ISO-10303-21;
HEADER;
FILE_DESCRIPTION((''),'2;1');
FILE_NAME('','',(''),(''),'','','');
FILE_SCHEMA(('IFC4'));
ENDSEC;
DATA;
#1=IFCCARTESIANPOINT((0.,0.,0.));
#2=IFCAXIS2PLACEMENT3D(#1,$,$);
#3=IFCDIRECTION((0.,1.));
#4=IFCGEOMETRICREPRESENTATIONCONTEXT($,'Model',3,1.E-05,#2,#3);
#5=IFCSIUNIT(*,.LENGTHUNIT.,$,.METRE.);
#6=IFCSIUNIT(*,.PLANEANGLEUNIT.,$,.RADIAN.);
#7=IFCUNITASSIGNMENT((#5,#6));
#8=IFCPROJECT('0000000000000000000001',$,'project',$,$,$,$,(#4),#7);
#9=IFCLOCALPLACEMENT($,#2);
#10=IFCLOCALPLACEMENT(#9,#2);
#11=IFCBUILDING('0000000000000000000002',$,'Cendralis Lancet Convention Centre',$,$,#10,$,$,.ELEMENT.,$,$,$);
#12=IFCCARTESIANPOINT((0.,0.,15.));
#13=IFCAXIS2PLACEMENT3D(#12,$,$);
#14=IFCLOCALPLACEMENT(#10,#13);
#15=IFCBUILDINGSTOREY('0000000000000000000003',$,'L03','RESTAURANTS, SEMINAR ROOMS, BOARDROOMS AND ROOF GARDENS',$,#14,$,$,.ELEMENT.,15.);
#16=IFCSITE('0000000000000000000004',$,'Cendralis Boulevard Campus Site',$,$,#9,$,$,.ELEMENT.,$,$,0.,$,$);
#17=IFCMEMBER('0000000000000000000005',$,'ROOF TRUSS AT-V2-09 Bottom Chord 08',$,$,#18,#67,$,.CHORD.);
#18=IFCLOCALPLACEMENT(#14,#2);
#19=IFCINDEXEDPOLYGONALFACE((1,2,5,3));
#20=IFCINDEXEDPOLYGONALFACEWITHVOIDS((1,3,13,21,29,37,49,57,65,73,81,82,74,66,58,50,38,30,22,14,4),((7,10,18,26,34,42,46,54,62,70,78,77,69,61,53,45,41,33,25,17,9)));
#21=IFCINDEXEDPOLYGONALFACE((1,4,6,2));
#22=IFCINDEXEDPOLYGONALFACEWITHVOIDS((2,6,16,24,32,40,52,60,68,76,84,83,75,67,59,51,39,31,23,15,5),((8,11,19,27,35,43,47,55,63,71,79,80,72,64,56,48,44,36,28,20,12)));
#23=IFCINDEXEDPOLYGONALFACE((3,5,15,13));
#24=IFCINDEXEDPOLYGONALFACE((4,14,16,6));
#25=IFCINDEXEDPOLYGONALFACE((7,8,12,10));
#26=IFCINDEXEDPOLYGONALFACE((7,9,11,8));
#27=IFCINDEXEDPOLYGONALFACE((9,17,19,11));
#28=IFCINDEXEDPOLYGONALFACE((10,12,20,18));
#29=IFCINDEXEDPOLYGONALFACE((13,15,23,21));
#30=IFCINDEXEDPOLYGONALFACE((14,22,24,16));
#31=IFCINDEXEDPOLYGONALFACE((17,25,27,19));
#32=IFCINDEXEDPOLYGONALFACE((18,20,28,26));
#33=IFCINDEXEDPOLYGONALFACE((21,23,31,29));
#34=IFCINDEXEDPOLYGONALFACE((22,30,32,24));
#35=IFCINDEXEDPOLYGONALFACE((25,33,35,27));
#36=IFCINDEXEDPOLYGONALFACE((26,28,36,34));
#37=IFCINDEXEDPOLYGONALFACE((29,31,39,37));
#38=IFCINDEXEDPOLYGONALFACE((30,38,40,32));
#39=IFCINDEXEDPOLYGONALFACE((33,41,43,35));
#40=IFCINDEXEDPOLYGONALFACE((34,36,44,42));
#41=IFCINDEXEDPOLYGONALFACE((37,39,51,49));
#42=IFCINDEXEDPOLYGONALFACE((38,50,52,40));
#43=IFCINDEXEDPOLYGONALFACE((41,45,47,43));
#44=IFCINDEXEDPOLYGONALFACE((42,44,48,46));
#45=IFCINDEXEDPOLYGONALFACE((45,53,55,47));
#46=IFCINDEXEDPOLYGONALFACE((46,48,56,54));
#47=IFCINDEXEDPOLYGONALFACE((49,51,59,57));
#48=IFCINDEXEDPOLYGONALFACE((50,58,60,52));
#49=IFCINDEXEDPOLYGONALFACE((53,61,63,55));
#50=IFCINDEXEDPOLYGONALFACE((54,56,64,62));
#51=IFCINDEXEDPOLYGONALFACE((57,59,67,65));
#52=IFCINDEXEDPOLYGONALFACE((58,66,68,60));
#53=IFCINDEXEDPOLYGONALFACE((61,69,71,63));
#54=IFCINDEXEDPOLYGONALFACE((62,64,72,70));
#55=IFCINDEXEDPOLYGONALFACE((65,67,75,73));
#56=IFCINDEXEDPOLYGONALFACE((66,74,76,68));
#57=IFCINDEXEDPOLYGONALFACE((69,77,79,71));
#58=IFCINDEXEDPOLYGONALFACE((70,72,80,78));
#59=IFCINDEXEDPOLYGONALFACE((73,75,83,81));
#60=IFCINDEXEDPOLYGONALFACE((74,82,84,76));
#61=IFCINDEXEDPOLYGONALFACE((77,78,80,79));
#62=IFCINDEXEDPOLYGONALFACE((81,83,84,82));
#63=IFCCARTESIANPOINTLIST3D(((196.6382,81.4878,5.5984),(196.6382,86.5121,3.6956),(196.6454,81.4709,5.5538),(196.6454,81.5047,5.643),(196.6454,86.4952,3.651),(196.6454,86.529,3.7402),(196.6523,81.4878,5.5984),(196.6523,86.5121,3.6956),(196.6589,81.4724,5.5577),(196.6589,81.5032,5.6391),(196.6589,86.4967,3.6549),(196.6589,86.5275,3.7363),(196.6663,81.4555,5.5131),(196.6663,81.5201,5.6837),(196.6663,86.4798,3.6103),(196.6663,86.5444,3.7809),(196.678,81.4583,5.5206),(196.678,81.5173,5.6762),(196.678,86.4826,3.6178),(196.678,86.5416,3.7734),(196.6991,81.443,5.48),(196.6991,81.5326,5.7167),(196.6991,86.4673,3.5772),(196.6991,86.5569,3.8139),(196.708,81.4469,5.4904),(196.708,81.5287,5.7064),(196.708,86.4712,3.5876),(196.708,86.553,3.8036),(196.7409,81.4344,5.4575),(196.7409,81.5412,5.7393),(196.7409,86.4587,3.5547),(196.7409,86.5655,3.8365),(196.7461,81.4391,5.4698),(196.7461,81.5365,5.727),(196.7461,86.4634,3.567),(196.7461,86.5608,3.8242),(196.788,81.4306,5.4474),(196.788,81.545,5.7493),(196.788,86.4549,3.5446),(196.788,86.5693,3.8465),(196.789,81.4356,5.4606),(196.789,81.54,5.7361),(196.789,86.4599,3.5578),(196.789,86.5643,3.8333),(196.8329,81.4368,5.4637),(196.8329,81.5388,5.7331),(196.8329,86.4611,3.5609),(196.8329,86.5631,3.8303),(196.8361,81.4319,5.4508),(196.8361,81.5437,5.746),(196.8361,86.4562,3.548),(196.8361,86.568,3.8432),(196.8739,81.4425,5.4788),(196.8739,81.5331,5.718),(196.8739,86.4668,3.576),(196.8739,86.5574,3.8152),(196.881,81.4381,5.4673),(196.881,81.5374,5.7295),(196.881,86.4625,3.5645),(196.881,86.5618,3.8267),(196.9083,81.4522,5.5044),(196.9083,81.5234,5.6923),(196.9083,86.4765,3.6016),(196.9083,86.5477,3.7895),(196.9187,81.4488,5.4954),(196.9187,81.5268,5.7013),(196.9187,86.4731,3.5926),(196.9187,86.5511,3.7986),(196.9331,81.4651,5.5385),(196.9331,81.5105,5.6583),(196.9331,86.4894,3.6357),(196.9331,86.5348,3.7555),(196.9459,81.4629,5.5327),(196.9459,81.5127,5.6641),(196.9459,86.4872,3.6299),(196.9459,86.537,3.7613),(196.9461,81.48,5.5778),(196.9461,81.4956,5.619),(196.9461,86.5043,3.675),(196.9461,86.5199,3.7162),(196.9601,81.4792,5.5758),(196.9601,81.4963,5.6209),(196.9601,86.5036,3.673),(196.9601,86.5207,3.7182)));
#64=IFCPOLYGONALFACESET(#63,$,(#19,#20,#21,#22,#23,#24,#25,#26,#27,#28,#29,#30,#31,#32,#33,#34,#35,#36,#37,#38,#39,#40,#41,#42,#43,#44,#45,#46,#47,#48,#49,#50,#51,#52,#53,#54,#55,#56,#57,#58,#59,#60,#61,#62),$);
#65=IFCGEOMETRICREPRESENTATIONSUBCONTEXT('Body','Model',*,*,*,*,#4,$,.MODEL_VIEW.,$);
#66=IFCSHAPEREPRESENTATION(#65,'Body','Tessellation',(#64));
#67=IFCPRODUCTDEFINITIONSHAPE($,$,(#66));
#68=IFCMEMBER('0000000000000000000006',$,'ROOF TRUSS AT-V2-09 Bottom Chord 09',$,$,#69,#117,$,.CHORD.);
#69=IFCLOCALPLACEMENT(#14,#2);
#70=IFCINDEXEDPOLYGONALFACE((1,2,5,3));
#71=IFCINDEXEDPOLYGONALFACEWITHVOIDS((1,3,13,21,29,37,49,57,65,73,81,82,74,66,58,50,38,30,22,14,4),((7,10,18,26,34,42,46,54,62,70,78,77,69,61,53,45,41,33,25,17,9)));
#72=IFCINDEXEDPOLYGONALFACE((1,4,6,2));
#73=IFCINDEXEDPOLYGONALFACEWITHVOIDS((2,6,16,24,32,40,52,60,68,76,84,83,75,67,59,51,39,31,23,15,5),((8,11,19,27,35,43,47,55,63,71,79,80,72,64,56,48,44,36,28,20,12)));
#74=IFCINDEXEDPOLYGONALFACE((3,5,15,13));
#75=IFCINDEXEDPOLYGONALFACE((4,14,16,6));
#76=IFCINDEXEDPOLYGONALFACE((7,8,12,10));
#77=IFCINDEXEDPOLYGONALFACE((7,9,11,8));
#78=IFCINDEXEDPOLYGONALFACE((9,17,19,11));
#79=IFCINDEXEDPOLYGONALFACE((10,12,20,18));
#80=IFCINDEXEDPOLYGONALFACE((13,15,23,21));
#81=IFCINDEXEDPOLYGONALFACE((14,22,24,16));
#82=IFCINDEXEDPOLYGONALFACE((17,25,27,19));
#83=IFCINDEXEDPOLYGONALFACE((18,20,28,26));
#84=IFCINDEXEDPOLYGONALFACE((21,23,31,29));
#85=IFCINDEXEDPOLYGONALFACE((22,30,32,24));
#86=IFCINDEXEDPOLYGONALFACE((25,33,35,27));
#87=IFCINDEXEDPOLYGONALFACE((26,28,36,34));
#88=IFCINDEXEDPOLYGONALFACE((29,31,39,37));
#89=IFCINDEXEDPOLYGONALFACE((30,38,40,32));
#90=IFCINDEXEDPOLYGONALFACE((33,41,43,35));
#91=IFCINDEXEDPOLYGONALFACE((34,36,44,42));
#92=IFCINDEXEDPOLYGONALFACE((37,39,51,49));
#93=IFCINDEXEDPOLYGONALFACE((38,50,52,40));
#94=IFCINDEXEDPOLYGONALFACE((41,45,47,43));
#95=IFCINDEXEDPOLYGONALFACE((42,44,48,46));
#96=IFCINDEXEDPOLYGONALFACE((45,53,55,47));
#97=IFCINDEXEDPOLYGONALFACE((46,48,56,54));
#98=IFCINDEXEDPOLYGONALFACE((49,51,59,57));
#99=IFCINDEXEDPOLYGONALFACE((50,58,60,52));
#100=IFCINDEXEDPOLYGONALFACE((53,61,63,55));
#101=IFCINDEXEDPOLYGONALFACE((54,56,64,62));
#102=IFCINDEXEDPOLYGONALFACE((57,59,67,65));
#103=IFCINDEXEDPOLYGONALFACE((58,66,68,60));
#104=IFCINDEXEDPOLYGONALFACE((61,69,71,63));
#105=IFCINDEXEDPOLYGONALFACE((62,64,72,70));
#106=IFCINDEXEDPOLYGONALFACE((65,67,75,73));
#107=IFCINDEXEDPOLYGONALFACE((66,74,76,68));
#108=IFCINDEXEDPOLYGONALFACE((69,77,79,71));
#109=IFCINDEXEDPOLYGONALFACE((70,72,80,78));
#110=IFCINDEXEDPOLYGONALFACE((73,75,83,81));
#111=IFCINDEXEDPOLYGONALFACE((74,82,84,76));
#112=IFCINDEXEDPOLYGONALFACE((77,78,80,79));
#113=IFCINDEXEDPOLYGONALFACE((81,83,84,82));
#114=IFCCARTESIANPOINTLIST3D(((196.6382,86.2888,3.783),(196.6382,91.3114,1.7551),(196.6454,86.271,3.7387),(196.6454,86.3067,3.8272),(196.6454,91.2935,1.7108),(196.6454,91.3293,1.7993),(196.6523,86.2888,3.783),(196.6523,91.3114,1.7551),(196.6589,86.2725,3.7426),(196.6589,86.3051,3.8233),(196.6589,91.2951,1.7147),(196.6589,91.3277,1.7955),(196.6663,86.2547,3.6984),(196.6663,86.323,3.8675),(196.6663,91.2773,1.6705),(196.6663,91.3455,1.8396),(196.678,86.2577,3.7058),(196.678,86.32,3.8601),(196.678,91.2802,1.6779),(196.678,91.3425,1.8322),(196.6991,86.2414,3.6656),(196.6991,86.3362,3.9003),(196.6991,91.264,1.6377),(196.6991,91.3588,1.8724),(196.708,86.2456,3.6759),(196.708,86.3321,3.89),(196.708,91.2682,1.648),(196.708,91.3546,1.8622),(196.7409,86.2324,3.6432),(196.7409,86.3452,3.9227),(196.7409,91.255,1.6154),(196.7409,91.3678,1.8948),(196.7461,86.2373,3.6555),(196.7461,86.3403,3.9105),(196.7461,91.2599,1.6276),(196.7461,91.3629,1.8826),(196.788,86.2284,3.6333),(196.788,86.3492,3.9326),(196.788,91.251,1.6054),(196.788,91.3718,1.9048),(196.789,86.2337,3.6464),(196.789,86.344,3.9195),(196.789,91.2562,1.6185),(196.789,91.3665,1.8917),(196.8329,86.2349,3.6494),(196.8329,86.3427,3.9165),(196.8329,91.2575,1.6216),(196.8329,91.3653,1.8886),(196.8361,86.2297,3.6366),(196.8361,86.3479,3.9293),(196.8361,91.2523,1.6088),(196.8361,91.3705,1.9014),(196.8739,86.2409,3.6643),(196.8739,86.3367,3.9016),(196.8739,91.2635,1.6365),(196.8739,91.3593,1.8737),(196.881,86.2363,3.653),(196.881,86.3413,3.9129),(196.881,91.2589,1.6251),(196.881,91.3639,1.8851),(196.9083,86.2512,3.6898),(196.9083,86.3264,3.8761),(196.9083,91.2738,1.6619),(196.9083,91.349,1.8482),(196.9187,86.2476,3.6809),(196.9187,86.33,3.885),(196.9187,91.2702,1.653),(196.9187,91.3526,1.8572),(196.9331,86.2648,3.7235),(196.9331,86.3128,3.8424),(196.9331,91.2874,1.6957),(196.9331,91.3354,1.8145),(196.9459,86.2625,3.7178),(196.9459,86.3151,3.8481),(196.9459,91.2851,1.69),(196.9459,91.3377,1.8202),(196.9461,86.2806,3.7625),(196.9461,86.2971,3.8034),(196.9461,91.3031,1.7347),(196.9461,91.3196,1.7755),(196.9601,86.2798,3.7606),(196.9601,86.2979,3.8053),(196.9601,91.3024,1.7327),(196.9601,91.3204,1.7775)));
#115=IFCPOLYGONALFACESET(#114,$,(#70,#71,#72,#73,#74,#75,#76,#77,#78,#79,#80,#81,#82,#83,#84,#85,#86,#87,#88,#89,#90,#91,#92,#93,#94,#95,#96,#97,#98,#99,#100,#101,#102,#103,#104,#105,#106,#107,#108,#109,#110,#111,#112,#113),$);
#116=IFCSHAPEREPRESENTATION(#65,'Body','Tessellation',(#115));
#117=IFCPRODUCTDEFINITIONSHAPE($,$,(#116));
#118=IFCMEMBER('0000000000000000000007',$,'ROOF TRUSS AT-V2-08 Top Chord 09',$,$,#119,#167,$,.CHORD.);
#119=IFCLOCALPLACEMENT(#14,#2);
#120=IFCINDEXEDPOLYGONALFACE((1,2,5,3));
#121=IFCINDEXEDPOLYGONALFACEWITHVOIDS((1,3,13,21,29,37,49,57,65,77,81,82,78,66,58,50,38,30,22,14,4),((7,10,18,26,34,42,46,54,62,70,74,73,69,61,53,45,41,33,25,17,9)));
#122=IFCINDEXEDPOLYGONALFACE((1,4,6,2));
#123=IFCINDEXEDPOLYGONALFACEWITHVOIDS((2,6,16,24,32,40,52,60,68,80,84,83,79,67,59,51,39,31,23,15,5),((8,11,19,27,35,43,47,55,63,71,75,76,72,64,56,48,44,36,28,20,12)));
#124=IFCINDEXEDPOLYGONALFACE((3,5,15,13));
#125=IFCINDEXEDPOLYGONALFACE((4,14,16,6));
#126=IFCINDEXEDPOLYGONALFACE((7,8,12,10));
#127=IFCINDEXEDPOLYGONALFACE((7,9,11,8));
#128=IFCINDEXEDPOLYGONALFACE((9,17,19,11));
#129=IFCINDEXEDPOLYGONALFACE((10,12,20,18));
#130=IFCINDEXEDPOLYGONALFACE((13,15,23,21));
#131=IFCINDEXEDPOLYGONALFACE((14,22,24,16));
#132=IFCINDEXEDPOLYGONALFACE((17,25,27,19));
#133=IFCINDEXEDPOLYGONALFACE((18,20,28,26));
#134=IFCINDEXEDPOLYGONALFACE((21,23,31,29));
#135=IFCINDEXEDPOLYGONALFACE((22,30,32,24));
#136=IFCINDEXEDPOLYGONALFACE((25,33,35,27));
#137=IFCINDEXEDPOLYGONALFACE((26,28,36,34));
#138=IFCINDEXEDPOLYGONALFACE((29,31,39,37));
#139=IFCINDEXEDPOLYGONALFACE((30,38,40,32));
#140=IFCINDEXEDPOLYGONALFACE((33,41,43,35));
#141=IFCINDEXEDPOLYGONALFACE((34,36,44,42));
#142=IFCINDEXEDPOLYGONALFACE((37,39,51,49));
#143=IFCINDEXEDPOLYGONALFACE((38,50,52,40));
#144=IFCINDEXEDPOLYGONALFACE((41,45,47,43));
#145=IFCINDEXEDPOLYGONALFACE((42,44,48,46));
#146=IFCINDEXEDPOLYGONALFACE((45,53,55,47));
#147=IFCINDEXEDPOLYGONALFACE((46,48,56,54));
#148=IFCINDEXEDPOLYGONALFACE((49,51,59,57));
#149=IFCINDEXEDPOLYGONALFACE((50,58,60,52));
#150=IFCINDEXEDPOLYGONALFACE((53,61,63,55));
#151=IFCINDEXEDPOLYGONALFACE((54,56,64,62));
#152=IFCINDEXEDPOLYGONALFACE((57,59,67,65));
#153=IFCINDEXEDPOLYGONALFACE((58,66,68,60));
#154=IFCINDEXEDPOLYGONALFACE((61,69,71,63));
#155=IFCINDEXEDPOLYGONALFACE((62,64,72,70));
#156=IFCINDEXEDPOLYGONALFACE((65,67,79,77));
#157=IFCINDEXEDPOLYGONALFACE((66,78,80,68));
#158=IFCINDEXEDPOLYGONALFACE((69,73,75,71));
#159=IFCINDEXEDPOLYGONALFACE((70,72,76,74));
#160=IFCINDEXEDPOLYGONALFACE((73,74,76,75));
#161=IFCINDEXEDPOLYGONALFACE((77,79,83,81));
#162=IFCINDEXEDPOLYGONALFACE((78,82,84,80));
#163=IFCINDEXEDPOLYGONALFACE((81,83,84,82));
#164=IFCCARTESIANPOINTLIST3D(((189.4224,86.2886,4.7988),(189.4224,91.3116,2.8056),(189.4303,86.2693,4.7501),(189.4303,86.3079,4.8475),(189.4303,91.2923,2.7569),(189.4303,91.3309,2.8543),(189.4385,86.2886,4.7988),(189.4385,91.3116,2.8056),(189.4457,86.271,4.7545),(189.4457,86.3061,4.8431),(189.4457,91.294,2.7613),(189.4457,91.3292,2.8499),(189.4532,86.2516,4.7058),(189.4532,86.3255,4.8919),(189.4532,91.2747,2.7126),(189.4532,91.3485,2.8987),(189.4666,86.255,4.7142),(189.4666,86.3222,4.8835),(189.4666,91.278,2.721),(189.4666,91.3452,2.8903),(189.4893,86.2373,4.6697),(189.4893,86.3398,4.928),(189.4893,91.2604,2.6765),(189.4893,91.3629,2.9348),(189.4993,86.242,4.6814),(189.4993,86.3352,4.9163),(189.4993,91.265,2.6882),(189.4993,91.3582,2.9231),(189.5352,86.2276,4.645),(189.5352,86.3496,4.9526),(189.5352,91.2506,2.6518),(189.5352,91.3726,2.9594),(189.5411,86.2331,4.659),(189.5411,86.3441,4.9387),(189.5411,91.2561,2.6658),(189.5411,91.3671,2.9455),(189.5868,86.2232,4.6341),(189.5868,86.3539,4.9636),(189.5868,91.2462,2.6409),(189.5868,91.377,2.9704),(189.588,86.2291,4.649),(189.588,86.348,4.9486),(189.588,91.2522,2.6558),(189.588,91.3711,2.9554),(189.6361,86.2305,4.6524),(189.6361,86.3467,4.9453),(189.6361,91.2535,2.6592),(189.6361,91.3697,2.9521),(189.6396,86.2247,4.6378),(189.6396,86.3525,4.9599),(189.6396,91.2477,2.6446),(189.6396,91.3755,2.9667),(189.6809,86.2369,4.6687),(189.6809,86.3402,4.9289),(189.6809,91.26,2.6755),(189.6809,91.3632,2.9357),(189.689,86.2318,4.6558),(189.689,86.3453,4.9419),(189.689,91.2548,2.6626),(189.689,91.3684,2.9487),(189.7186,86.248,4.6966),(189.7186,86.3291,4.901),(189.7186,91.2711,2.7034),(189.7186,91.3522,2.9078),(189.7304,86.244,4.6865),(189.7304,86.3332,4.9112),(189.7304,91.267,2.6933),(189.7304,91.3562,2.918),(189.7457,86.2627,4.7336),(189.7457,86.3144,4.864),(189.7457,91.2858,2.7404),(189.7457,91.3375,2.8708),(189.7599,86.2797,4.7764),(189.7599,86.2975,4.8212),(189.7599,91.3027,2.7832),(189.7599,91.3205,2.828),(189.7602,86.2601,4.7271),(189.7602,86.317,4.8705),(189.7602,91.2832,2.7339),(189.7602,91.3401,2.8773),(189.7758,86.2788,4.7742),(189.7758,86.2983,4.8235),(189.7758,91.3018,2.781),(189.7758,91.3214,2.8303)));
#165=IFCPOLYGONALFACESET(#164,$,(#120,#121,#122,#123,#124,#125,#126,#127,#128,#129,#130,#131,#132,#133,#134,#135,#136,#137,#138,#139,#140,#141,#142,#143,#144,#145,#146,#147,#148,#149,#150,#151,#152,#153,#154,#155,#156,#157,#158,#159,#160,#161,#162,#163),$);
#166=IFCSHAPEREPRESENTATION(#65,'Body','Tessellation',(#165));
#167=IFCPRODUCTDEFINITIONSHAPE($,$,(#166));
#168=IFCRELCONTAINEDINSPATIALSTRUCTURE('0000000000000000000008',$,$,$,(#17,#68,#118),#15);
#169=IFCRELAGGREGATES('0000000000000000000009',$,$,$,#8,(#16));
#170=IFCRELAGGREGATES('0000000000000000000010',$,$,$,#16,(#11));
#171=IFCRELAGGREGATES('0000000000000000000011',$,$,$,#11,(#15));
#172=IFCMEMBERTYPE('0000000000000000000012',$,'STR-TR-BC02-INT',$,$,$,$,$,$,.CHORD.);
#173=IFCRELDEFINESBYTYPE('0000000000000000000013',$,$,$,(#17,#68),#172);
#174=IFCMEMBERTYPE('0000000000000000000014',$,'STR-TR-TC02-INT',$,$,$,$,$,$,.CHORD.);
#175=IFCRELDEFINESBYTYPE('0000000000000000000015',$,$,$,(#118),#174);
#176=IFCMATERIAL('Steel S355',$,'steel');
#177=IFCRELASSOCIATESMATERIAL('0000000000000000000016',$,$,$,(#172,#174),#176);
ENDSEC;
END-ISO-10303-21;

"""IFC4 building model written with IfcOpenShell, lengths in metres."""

from ifc_helpers import new_model, si_unit, direction, frame, origin, origin_2d, place, context, subcontext, project, spatial, hollow_circle, extrude, material, material_profile, profile_set, type_object, element, save


model = new_model("IFC4")

# Units and contexts
model_context = context("Model", 3, precision=1e-05, world=origin(), true_north=direction((0.0, 1.0)))
body_context = subcontext(model_context, "Body", "Model", "MODEL_VIEW")
ifc_project = project(units=[si_unit("LENGTHUNIT", "METRE"), si_unit("PLANEANGLEUNIT", "RADIAN")], contexts=[model_context])

# Site, building, storey
site_placement = place(None, origin())
site = spatial("IfcSite", under=ifc_project, at=site_placement, Name="Cendralis Boulevard Campus Site", CompositionType="ELEMENT", RefElevation=0.0)
building_placement = place(site_placement, origin())
building = spatial("IfcBuilding", under=site, at=building_placement, Name="Cendralis Lancet Convention Centre", CompositionType="ELEMENT")
storey_placement = place(building_placement, frame((0.0, 0.0, 15.0)))
storey = spatial("IfcBuildingStorey", under=building, at=storey_placement, Name="L03", Description="RESTAURANTS, SEMINAR ROOMS, BOARDROOMS AND ROOF GARDENS", CompositionType="ELEMENT", Elevation=15.0)

# Shared definitions
ifc_material_1 = material(Name="Steel S355", Category="steel")

# Members
ifc_material_profile_1 = material_profile(ifc_material_1, hollow_circle(Radius=0.1619, WallThickness=0.0142, at=origin_2d()), Name="CHS 323.9x14.2")
ifc_profile_set_1 = profile_set([ifc_material_profile_1], Name="Steel S355")
member_type_1 = type_object("IfcMemberType", Name="STR-TR-BC02-INT", PredefinedType="CHORD", material=ifc_profile_set_1)
member_1_placement = place(storey_placement, frame((196.8, 81.4878, 5.5984), z_axis=(0.0, 0.935181, -0.354169), x_axis=(-1.0, 0.0, 0.0)))
element("IfcMember", 1, at=member_1_placement, inside=storey, type_object=member_type_1, Name="ROOF TRUSS AT-V2-09 Bottom Chord 08", PredefinedType="CHORD", context=body_context, shape_type="SweptSolid", body=[
    extrude(hollow_circle(Radius=0.1619, WallThickness=0.0142, at=origin_2d()), origin(), (0.0, 0.0, 1.0), 5.3726),
])
member_2_placement = place(storey_placement, frame((196.8, 86.2888, 3.783), z_axis=(0.0, 0.927272, -0.374389), x_axis=(-1.0, 0.0, 0.0)))
element("IfcMember", 2, at=member_2_placement, inside=storey, type_object=member_type_1, Name="ROOF TRUSS AT-V2-09 Bottom Chord 09", PredefinedType="CHORD", context=body_context, shape_type="SweptSolid", body=[
    extrude(hollow_circle(Radius=0.1619, WallThickness=0.0142, at=origin_2d()), origin(), (0.0, 0.0, 1.0), 5.4165),
])
ifc_material_profile_2 = material_profile(ifc_material_1, hollow_circle(Radius=0.1777, WallThickness=0.0161, at=origin_2d()), Name="CHS 355.6x16.0")
ifc_profile_set_2 = profile_set([ifc_material_profile_2], Name="Steel S355")
member_type_2 = type_object("IfcMemberType", Name="STR-TR-TC02-INT", PredefinedType="CHORD", material=ifc_profile_set_2)
member_3_placement = place(storey_placement, frame((189.6001, 86.2886, 4.7988), z_axis=(0.0, 0.929495, -0.368834), x_axis=(-1.0, 0.0, 0.0)))
element("IfcMember", 3, at=member_3_placement, inside=storey, type_object=member_type_2, Name="ROOF TRUSS AT-V2-08 Top Chord 09", PredefinedType="CHORD", context=body_context, shape_type="SweptSolid", body=[
    extrude(hollow_circle(Radius=0.1777, WallThickness=0.0161, at=origin_2d()), origin(), (0.0, 0.0, 1.0), 5.4041),
])

save(model, "model.ifc")
